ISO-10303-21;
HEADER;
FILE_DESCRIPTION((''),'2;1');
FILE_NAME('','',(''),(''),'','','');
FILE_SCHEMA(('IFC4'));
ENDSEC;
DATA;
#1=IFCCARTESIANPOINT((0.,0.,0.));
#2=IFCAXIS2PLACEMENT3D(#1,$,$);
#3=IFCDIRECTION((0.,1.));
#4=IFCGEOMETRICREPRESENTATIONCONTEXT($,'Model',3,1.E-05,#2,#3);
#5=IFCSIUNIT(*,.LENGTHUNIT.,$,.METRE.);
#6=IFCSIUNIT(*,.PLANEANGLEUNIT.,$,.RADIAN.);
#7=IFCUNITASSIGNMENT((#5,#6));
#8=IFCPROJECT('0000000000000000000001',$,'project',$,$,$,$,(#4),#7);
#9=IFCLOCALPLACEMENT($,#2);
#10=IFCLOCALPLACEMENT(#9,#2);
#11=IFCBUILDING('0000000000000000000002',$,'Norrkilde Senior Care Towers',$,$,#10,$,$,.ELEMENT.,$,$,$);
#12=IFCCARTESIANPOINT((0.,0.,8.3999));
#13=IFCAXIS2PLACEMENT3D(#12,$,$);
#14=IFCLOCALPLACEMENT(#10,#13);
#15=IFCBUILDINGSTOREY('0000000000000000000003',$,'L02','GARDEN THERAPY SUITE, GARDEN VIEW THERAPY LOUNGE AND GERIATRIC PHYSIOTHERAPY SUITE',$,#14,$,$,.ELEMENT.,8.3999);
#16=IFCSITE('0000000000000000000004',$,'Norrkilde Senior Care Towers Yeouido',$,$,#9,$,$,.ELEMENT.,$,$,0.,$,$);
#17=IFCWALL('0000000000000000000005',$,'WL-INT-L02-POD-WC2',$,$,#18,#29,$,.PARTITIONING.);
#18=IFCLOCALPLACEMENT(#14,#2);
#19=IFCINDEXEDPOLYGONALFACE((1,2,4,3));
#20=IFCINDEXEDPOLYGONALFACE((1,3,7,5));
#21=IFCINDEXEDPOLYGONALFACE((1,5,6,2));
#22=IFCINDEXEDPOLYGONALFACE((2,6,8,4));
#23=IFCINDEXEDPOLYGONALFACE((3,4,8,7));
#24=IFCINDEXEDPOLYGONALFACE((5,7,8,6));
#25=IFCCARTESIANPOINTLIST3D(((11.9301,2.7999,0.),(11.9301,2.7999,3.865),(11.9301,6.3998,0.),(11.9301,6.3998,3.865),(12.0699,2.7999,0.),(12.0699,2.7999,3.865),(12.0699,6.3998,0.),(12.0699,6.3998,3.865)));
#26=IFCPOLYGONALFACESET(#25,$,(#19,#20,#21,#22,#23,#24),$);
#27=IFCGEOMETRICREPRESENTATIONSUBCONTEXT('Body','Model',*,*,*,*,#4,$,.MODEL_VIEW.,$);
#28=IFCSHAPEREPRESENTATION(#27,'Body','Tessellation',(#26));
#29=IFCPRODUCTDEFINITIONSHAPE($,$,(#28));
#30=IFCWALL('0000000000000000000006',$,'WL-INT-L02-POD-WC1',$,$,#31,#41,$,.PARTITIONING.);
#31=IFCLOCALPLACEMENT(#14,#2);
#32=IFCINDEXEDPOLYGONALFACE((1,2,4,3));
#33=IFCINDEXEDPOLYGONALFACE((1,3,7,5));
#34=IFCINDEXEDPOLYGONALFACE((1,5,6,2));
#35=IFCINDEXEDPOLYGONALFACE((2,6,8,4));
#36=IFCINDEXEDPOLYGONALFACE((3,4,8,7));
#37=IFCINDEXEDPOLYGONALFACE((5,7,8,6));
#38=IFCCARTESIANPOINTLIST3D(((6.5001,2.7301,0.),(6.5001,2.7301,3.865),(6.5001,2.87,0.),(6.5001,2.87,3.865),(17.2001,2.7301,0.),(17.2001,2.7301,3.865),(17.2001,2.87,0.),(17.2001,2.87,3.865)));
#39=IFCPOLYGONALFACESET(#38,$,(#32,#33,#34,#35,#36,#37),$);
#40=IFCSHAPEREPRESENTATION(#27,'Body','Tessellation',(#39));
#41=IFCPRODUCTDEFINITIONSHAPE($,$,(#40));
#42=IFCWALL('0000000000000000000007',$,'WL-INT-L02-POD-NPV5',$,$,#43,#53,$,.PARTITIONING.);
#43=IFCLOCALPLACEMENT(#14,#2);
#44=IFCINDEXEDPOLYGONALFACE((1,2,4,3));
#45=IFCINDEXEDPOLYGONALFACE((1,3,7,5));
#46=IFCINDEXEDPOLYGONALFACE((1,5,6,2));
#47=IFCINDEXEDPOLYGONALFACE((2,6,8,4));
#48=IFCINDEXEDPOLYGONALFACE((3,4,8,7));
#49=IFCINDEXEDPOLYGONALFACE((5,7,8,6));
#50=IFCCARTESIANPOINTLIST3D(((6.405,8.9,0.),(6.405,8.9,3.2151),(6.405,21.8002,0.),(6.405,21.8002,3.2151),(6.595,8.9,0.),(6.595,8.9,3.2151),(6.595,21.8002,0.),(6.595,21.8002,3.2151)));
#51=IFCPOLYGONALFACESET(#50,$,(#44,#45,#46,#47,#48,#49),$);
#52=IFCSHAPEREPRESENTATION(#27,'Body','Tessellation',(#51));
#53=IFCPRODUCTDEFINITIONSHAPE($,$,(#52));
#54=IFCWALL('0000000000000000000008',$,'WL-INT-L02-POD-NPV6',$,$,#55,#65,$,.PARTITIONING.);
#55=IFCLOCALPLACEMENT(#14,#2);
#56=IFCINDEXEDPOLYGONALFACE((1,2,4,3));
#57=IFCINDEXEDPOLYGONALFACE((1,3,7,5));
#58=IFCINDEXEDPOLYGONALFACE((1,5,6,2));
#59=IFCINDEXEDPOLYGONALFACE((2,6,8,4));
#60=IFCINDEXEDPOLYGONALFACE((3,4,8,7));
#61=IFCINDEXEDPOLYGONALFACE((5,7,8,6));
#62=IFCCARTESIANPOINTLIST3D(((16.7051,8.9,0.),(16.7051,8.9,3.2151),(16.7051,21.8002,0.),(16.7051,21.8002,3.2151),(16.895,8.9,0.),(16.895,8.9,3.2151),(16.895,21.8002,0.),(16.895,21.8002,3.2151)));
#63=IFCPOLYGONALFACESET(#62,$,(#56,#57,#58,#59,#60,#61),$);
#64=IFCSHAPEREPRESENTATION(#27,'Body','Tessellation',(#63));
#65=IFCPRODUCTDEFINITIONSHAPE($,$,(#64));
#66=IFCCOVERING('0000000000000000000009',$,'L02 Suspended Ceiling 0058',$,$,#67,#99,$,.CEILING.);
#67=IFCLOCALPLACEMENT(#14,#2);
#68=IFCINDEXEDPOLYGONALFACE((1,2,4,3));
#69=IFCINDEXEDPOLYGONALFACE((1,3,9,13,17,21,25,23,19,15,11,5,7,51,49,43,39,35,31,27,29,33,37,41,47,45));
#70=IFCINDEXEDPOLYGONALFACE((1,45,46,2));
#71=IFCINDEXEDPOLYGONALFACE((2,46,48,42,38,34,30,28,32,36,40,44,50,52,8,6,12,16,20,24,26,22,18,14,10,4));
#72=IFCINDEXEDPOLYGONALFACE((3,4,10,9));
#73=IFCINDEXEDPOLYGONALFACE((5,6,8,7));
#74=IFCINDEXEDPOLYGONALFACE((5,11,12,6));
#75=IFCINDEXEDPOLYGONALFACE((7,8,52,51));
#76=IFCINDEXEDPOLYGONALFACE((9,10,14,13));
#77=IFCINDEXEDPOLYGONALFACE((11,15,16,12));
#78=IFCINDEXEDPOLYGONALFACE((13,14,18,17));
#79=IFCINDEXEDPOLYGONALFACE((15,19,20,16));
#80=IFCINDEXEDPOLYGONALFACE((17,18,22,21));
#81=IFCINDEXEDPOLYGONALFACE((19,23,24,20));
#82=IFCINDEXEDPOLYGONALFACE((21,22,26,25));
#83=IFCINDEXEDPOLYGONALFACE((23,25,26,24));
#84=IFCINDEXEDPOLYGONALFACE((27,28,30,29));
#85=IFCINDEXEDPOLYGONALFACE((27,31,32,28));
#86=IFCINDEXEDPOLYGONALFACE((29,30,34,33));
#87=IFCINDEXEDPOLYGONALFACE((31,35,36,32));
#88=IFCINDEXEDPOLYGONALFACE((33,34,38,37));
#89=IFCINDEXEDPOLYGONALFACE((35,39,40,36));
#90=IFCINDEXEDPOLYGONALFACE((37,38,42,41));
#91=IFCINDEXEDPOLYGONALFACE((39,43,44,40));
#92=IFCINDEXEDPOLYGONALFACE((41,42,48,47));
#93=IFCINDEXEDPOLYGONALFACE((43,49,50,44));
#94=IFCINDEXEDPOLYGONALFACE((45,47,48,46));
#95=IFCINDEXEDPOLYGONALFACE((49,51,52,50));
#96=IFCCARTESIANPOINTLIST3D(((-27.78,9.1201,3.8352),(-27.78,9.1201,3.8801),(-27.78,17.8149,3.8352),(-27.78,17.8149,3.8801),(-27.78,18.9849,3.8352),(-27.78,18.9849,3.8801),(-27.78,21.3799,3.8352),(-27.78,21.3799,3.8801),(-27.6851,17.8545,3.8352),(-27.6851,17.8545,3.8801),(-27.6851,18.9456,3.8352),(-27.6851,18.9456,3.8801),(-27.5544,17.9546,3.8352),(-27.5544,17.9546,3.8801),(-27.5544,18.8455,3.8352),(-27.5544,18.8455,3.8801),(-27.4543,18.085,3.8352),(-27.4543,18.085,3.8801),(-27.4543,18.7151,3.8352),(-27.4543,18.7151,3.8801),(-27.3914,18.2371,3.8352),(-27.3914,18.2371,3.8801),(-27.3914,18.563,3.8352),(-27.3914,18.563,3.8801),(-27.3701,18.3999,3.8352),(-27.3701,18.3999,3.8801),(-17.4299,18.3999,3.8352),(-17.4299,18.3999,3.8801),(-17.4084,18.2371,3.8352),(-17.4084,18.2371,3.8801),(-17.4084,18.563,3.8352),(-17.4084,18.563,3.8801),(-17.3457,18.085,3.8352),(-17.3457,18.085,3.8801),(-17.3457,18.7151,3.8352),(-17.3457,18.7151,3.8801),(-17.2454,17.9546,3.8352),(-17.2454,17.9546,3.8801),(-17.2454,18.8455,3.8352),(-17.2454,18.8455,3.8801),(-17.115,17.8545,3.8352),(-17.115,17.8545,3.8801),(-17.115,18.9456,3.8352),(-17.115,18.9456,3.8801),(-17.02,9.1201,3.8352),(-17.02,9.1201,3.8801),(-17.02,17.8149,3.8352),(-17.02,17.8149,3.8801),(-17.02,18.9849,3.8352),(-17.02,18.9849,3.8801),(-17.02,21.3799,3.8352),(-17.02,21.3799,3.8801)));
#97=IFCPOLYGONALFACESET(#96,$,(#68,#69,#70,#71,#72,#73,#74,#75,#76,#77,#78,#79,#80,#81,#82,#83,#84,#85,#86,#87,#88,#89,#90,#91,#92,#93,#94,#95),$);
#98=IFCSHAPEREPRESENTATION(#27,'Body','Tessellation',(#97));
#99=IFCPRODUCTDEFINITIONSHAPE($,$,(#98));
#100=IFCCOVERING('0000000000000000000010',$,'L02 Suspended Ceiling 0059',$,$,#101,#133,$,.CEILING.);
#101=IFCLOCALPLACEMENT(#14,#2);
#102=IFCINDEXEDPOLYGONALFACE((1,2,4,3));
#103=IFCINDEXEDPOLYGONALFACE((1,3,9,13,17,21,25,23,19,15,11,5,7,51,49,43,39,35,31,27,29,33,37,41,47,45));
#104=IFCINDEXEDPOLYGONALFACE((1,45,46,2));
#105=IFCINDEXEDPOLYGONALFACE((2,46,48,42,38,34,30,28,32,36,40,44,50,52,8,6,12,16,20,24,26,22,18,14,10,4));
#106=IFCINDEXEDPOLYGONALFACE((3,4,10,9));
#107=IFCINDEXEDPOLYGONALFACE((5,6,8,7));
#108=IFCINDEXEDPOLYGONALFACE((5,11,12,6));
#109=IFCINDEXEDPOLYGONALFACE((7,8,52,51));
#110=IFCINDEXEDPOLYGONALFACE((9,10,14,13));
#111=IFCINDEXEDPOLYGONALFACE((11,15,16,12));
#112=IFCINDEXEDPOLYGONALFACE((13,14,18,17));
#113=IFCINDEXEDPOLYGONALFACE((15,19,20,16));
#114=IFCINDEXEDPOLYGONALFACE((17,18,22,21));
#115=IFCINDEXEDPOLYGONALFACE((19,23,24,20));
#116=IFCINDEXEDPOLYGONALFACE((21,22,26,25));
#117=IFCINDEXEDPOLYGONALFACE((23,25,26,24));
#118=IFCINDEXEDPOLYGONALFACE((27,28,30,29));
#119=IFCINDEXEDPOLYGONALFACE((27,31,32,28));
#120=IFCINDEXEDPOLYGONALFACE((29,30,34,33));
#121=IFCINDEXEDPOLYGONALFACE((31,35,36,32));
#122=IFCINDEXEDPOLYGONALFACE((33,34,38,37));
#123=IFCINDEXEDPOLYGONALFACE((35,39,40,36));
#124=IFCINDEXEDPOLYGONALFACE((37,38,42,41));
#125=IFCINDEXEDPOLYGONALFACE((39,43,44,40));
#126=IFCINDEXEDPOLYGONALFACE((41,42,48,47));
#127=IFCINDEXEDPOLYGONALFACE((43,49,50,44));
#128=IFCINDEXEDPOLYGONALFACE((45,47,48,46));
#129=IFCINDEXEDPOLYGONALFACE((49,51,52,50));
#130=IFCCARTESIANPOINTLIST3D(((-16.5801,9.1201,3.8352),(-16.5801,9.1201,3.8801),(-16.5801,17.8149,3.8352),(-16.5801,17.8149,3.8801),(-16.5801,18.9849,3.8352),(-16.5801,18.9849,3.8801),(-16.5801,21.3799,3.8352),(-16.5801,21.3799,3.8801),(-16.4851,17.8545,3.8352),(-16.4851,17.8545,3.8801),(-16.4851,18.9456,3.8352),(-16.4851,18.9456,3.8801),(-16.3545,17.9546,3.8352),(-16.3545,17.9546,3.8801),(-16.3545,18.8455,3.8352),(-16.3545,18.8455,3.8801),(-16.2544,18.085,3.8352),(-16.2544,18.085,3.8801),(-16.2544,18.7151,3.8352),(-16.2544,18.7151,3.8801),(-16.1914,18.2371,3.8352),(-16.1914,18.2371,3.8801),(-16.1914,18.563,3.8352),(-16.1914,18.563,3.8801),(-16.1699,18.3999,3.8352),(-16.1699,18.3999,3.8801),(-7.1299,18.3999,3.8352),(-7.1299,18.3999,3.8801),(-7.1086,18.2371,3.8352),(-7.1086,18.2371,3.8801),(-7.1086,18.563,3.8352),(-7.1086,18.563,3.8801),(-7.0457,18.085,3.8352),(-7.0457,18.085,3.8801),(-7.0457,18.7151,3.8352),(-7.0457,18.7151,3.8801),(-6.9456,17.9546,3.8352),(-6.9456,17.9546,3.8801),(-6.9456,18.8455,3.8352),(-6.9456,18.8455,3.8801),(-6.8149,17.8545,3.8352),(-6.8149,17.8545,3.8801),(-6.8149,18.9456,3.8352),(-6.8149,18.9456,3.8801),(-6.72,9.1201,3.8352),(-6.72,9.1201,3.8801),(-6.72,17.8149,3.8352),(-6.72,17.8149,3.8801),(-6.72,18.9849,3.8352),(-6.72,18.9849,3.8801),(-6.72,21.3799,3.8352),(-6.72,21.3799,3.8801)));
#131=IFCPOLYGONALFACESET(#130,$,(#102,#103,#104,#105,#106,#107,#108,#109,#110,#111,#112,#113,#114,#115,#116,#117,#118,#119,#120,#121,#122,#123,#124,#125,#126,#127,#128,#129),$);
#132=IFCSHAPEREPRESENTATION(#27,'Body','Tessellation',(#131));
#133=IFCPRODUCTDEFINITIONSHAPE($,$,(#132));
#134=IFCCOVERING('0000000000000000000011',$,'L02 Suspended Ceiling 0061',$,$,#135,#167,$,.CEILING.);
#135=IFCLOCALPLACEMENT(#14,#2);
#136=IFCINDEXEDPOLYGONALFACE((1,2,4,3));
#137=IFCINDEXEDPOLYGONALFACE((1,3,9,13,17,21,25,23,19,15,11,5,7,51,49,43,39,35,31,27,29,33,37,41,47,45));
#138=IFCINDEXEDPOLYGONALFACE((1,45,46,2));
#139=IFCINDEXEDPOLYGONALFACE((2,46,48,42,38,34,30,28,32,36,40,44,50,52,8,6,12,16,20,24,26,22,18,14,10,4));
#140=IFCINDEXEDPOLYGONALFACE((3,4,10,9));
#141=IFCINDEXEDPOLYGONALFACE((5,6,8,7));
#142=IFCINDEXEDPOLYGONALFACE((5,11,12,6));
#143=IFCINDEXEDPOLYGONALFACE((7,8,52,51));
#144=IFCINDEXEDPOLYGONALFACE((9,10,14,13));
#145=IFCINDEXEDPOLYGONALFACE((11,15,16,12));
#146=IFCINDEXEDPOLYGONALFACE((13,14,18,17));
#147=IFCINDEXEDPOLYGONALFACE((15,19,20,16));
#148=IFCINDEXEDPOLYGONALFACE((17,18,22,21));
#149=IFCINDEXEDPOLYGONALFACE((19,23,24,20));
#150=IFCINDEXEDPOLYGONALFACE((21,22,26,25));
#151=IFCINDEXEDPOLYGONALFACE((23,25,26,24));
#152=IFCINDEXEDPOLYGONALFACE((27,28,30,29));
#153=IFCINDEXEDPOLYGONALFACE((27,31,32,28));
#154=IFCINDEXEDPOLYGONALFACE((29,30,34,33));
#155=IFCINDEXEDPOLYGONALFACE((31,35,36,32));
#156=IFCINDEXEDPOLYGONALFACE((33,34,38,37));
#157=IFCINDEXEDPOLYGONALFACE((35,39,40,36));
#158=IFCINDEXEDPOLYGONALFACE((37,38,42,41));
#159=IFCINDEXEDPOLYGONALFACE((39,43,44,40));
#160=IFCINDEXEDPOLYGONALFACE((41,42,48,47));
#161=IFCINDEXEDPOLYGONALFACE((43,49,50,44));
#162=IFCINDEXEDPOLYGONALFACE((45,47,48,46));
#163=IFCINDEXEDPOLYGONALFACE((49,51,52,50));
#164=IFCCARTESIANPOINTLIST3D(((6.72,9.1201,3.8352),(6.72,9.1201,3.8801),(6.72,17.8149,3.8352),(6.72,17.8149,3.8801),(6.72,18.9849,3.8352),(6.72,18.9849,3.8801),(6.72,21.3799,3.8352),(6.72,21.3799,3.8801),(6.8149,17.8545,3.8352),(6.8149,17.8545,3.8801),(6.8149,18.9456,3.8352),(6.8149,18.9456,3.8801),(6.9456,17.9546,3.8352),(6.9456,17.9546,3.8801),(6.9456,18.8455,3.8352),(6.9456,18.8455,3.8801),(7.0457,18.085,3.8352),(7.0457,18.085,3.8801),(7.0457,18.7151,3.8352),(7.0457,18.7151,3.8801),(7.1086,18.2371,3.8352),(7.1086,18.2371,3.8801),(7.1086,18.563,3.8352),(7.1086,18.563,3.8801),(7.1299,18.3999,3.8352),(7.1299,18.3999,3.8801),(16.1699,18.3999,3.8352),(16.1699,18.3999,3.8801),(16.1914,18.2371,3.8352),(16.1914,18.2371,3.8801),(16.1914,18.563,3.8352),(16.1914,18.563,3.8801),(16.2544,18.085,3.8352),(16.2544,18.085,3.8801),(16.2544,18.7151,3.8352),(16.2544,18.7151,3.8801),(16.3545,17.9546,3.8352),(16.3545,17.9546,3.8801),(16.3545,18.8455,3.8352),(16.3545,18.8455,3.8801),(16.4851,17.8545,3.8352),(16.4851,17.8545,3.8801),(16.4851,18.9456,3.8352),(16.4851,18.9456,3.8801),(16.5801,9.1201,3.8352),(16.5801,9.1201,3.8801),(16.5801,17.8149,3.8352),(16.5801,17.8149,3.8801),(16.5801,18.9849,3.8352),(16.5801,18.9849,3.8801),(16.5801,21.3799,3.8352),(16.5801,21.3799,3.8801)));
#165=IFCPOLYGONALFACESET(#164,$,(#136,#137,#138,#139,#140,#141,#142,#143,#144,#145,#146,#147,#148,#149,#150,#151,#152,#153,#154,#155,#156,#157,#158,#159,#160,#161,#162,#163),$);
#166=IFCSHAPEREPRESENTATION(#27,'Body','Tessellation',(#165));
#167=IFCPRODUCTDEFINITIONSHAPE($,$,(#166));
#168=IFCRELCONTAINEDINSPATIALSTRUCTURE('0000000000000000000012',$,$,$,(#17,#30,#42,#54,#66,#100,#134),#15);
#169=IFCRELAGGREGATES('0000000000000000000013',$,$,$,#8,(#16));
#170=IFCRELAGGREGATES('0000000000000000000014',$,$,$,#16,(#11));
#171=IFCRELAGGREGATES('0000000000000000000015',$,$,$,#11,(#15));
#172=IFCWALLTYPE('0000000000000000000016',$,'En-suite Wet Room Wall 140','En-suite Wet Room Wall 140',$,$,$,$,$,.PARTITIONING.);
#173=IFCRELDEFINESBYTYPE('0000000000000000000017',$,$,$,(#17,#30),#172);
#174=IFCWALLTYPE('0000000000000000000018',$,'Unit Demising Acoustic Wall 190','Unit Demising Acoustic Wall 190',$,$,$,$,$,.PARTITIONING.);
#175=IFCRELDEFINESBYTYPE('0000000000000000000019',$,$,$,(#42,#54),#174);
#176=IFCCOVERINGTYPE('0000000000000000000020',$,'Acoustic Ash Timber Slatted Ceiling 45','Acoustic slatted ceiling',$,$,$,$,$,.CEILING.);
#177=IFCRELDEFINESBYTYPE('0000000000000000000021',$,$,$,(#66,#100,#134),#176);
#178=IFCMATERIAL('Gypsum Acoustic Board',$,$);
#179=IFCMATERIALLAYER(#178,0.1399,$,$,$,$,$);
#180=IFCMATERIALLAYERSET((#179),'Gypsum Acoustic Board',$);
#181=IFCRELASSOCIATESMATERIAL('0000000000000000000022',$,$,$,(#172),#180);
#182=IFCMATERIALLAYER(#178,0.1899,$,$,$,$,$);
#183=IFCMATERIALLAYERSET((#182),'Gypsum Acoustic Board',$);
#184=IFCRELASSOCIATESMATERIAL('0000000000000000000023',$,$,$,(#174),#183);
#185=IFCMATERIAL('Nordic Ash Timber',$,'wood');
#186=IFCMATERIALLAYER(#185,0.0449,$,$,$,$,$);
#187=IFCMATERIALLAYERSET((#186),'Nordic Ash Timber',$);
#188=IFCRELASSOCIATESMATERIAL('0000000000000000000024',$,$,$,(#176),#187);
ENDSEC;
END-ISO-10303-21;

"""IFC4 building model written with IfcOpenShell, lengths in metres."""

from ifc_helpers import new_model, si_unit, direction, frame, frame_2d, origin, place, context, subcontext, project, spatial, polyline, rectangle, outline, extrude, source, transform, mapped, material, layer, layer_set, type_object, type_shapes, element, save


model = new_model("IFC4")

# Units and contexts
model_context = context("Model", 3, precision=1e-05, world=origin(), true_north=direction((0.0, 1.0)))
body_context = subcontext(model_context, "Body", "Model", "MODEL_VIEW")
ifc_project = project(units=[si_unit("LENGTHUNIT", "METRE"), si_unit("PLANEANGLEUNIT", "RADIAN")], contexts=[model_context])

# Site, building, storey
site_placement = place(None, origin())
site = spatial("IfcSite", under=ifc_project, at=site_placement, Name="Norrkilde Senior Care Towers Yeouido", CompositionType="ELEMENT", RefElevation=0.0)
building_placement = place(site_placement, origin())
building = spatial("IfcBuilding", under=site, at=building_placement, Name="Norrkilde Senior Care Towers", CompositionType="ELEMENT")
storey_placement = place(building_placement, frame((0.0, 0.0, 8.3999)))
storey = spatial("IfcBuildingStorey", under=building, at=storey_placement, Name="L02", Description="GARDEN THERAPY SUITE, GARDEN VIEW THERAPY LOUNGE AND GERIATRIC PHYSIOTHERAPY SUITE", CompositionType="ELEMENT", Elevation=8.3999)

# Walls
ifc_material_1 = material(Name="Gypsum Acoustic Board")
ifc_layer_1 = layer(ifc_material_1, 0.1399)
ifc_layer_set_1 = layer_set([ifc_layer_1], Name="Gypsum Acoustic Board")
wall_type_1 = type_object("IfcWallType", Name="En-suite Wet Room Wall 140", Description="En-suite Wet Room Wall 140", PredefinedType="PARTITIONING", material=ifc_layer_set_1)
shared_shape_1 = source(origin(), body_context, "Body", "SweptSolid", [
    extrude(rectangle(XDim=3.5999, YDim=0.1399, at=frame_2d((1.7998, 0.0))), origin(), (0.0, 0.0, 1.0), 3.865),
])
wall_1_placement = place(storey_placement, frame((12.0, 2.8, 0.0), z_axis=(0.0, 0.0, 1.0), x_axis=(0.0, 1.0, 0.0)))
element("IfcWall", 1, at=wall_1_placement, inside=storey, type_object=wall_type_1, Name="WL-INT-L02-POD-WC2", PredefinedType="PARTITIONING", context=body_context, shape_type="MappedRepresentation", body=[
    mapped(shared_shape_1, transform((0.0, 0.0, 0.0), x_axis=(1.0, 0.0, 0.0), y_axis=(0.0, 1.0, 0.0), z_axis=(0.0, 0.0, 1.0), scale=1.0)),
])
shared_shape_2 = source(origin(), body_context, "Body", "SweptSolid", [
    extrude(rectangle(XDim=10.7, YDim=0.1399, at=frame_2d((5.3501, 0.0))), origin(), (0.0, 0.0, 1.0), 3.865),
])
type_shapes(wall_type_1, [shared_shape_1, shared_shape_2])
wall_2_placement = place(storey_placement, frame((6.5, 2.8, 0.0), z_axis=(0.0, 0.0, 1.0), x_axis=(1.0, 0.0, 0.0)))
element("IfcWall", 2, at=wall_2_placement, inside=storey, type_object=wall_type_1, Name="WL-INT-L02-POD-WC1", PredefinedType="PARTITIONING", context=body_context, shape_type="MappedRepresentation", body=[
    mapped(shared_shape_2, transform((0.0, 0.0, 0.0), x_axis=(1.0, 0.0, 0.0), y_axis=(0.0, 1.0, 0.0), z_axis=(0.0, 0.0, 1.0), scale=1.0)),
])
ifc_layer_2 = layer(ifc_material_1, 0.1899)
ifc_layer_set_2 = layer_set([ifc_layer_2], Name="Gypsum Acoustic Board")
wall_type_2 = type_object("IfcWallType", Name="Unit Demising Acoustic Wall 190", Description="Unit Demising Acoustic Wall 190", PredefinedType="PARTITIONING", material=ifc_layer_set_2)
shared_shape_3 = source(origin(), body_context, "Body", "SweptSolid", [
    extrude(rectangle(XDim=12.9001, YDim=0.1899, at=frame_2d((6.4502, 0.0))), origin(), (0.0, 0.0, 1.0), 3.2151),
])
type_shapes(wall_type_2, [shared_shape_3])
for number, where, z_axis, x_axis, name in (
    (3, (6.5, 8.8999, 0.0), (0.0, 0.0, 1.0), (0.0, 1.0, 0.0), "WL-INT-L02-POD-NPV5"),
    (4, (16.8, 8.8999, 0.0), (0.0, 0.0, 1.0), (0.0, 1.0, 0.0), "WL-INT-L02-POD-NPV6"),
):
    element("IfcWall", number, at=place(storey_placement, frame(where, z_axis=z_axis, x_axis=x_axis)), inside=storey, type_object=wall_type_2, Name=name, PredefinedType="PARTITIONING", context=body_context, shape_type="MappedRepresentation", body=[
        mapped(shared_shape_3, transform((0.0, 0.0, 0.0), x_axis=(1.0, 0.0, 0.0), y_axis=(0.0, 1.0, 0.0), z_axis=(0.0, 0.0, 1.0), scale=1.0)),
    ])

# Coverings
ifc_material_2 = material(Name="Nordic Ash Timber", Category="wood")
ifc_layer_3 = layer(ifc_material_2, 0.0449)
ifc_layer_set_3 = layer_set([ifc_layer_3], Name="Nordic Ash Timber")
covering_type_1 = type_object("IfcCoveringType", Name="Acoustic Ash Timber Slatted Ceiling 45", Description="Acoustic slatted ceiling", PredefinedType="CEILING", material=ifc_layer_set_3)
covering_1_placement = place(storey_placement, frame((0.0, 0.0, 3.8352)))
element("IfcCovering", 5, at=covering_1_placement, inside=storey, type_object=covering_type_1, Name="L02 Suspended Ceiling 0058", PredefinedType="CEILING", context=body_context, shape_type="SweptSolid", body=[
    extrude(outline(polyline([(-27.78, 9.1201), (-27.78, 17.8149), (-27.6851, 17.8545), (-27.5544, 17.9546), (-27.4543, 18.085), (-27.3914, 18.2371), (-27.3701, 18.3999), (-27.3914, 18.563), (-27.4543, 18.7151), (-27.5544, 18.8455), (-27.6851, 18.9456), (-27.78, 18.9849), (-27.78, 21.3799), (-17.02, 21.3799), (-17.02, 18.9849), (-17.115, 18.9456), (-17.2454, 18.8455), (-17.3457, 18.7151), (-17.4084, 18.563), (-17.4299, 18.3999), (-17.4084, 18.2371), (-17.3457, 18.085), (-17.2454, 17.9546), (-17.115, 17.8545), (-17.02, 17.8149), (-17.02, 9.1201), (-27.78, 9.1201)])), origin(), (0.0, 0.0, 1.0), 0.0449),
])
covering_2_placement = place(storey_placement, frame((0.0, 0.0, 3.8352)))
element("IfcCovering", 6, at=covering_2_placement, inside=storey, type_object=covering_type_1, Name="L02 Suspended Ceiling 0059", PredefinedType="CEILING", context=body_context, shape_type="SweptSolid", body=[
    extrude(outline(polyline([(-16.5801, 9.1201), (-16.5801, 17.8149), (-16.4851, 17.8545), (-16.3545, 17.9546), (-16.2544, 18.085), (-16.1914, 18.2371), (-16.1699, 18.3999), (-16.1914, 18.563), (-16.2544, 18.7151), (-16.3545, 18.8455), (-16.4851, 18.9456), (-16.5801, 18.9849), (-16.5801, 21.3799), (-6.72, 21.3799), (-6.72, 18.9849), (-6.8149, 18.9456), (-6.9456, 18.8455), (-7.0457, 18.7151), (-7.1086, 18.563), (-7.1299, 18.3999), (-7.1086, 18.2371), (-7.0457, 18.085), (-6.9456, 17.9546), (-6.8149, 17.8545), (-6.72, 17.8149), (-6.72, 9.1201), (-16.5801, 9.1201)])), origin(), (0.0, 0.0, 1.0), 0.0449),
])
covering_3_placement = place(storey_placement, frame((0.0, 0.0, 3.8352)))
element("IfcCovering", 7, at=covering_3_placement, inside=storey, type_object=covering_type_1, Name="L02 Suspended Ceiling 0061", PredefinedType="CEILING", context=body_context, shape_type="SweptSolid", body=[
    extrude(outline(polyline([(6.72, 9.1201), (6.72, 17.8149), (6.8149, 17.8545), (6.9456, 17.9546), (7.0457, 18.085), (7.1086, 18.2371), (7.1299, 18.3999), (7.1086, 18.563), (7.0457, 18.7151), (6.9456, 18.8455), (6.8149, 18.9456), (6.72, 18.9849), (6.72, 21.3799), (16.5801, 21.3799), (16.5801, 18.9849), (16.4851, 18.9456), (16.3545, 18.8455), (16.2544, 18.7151), (16.1914, 18.563), (16.1699, 18.3999), (16.1914, 18.2371), (16.2544, 18.085), (16.3545, 17.9546), (16.4851, 17.8545), (16.5801, 17.8149), (16.5801, 9.1201), (6.72, 9.1201)])), origin(), (0.0, 0.0, 1.0), 0.0449),
])

save(model, "model.ifc")
